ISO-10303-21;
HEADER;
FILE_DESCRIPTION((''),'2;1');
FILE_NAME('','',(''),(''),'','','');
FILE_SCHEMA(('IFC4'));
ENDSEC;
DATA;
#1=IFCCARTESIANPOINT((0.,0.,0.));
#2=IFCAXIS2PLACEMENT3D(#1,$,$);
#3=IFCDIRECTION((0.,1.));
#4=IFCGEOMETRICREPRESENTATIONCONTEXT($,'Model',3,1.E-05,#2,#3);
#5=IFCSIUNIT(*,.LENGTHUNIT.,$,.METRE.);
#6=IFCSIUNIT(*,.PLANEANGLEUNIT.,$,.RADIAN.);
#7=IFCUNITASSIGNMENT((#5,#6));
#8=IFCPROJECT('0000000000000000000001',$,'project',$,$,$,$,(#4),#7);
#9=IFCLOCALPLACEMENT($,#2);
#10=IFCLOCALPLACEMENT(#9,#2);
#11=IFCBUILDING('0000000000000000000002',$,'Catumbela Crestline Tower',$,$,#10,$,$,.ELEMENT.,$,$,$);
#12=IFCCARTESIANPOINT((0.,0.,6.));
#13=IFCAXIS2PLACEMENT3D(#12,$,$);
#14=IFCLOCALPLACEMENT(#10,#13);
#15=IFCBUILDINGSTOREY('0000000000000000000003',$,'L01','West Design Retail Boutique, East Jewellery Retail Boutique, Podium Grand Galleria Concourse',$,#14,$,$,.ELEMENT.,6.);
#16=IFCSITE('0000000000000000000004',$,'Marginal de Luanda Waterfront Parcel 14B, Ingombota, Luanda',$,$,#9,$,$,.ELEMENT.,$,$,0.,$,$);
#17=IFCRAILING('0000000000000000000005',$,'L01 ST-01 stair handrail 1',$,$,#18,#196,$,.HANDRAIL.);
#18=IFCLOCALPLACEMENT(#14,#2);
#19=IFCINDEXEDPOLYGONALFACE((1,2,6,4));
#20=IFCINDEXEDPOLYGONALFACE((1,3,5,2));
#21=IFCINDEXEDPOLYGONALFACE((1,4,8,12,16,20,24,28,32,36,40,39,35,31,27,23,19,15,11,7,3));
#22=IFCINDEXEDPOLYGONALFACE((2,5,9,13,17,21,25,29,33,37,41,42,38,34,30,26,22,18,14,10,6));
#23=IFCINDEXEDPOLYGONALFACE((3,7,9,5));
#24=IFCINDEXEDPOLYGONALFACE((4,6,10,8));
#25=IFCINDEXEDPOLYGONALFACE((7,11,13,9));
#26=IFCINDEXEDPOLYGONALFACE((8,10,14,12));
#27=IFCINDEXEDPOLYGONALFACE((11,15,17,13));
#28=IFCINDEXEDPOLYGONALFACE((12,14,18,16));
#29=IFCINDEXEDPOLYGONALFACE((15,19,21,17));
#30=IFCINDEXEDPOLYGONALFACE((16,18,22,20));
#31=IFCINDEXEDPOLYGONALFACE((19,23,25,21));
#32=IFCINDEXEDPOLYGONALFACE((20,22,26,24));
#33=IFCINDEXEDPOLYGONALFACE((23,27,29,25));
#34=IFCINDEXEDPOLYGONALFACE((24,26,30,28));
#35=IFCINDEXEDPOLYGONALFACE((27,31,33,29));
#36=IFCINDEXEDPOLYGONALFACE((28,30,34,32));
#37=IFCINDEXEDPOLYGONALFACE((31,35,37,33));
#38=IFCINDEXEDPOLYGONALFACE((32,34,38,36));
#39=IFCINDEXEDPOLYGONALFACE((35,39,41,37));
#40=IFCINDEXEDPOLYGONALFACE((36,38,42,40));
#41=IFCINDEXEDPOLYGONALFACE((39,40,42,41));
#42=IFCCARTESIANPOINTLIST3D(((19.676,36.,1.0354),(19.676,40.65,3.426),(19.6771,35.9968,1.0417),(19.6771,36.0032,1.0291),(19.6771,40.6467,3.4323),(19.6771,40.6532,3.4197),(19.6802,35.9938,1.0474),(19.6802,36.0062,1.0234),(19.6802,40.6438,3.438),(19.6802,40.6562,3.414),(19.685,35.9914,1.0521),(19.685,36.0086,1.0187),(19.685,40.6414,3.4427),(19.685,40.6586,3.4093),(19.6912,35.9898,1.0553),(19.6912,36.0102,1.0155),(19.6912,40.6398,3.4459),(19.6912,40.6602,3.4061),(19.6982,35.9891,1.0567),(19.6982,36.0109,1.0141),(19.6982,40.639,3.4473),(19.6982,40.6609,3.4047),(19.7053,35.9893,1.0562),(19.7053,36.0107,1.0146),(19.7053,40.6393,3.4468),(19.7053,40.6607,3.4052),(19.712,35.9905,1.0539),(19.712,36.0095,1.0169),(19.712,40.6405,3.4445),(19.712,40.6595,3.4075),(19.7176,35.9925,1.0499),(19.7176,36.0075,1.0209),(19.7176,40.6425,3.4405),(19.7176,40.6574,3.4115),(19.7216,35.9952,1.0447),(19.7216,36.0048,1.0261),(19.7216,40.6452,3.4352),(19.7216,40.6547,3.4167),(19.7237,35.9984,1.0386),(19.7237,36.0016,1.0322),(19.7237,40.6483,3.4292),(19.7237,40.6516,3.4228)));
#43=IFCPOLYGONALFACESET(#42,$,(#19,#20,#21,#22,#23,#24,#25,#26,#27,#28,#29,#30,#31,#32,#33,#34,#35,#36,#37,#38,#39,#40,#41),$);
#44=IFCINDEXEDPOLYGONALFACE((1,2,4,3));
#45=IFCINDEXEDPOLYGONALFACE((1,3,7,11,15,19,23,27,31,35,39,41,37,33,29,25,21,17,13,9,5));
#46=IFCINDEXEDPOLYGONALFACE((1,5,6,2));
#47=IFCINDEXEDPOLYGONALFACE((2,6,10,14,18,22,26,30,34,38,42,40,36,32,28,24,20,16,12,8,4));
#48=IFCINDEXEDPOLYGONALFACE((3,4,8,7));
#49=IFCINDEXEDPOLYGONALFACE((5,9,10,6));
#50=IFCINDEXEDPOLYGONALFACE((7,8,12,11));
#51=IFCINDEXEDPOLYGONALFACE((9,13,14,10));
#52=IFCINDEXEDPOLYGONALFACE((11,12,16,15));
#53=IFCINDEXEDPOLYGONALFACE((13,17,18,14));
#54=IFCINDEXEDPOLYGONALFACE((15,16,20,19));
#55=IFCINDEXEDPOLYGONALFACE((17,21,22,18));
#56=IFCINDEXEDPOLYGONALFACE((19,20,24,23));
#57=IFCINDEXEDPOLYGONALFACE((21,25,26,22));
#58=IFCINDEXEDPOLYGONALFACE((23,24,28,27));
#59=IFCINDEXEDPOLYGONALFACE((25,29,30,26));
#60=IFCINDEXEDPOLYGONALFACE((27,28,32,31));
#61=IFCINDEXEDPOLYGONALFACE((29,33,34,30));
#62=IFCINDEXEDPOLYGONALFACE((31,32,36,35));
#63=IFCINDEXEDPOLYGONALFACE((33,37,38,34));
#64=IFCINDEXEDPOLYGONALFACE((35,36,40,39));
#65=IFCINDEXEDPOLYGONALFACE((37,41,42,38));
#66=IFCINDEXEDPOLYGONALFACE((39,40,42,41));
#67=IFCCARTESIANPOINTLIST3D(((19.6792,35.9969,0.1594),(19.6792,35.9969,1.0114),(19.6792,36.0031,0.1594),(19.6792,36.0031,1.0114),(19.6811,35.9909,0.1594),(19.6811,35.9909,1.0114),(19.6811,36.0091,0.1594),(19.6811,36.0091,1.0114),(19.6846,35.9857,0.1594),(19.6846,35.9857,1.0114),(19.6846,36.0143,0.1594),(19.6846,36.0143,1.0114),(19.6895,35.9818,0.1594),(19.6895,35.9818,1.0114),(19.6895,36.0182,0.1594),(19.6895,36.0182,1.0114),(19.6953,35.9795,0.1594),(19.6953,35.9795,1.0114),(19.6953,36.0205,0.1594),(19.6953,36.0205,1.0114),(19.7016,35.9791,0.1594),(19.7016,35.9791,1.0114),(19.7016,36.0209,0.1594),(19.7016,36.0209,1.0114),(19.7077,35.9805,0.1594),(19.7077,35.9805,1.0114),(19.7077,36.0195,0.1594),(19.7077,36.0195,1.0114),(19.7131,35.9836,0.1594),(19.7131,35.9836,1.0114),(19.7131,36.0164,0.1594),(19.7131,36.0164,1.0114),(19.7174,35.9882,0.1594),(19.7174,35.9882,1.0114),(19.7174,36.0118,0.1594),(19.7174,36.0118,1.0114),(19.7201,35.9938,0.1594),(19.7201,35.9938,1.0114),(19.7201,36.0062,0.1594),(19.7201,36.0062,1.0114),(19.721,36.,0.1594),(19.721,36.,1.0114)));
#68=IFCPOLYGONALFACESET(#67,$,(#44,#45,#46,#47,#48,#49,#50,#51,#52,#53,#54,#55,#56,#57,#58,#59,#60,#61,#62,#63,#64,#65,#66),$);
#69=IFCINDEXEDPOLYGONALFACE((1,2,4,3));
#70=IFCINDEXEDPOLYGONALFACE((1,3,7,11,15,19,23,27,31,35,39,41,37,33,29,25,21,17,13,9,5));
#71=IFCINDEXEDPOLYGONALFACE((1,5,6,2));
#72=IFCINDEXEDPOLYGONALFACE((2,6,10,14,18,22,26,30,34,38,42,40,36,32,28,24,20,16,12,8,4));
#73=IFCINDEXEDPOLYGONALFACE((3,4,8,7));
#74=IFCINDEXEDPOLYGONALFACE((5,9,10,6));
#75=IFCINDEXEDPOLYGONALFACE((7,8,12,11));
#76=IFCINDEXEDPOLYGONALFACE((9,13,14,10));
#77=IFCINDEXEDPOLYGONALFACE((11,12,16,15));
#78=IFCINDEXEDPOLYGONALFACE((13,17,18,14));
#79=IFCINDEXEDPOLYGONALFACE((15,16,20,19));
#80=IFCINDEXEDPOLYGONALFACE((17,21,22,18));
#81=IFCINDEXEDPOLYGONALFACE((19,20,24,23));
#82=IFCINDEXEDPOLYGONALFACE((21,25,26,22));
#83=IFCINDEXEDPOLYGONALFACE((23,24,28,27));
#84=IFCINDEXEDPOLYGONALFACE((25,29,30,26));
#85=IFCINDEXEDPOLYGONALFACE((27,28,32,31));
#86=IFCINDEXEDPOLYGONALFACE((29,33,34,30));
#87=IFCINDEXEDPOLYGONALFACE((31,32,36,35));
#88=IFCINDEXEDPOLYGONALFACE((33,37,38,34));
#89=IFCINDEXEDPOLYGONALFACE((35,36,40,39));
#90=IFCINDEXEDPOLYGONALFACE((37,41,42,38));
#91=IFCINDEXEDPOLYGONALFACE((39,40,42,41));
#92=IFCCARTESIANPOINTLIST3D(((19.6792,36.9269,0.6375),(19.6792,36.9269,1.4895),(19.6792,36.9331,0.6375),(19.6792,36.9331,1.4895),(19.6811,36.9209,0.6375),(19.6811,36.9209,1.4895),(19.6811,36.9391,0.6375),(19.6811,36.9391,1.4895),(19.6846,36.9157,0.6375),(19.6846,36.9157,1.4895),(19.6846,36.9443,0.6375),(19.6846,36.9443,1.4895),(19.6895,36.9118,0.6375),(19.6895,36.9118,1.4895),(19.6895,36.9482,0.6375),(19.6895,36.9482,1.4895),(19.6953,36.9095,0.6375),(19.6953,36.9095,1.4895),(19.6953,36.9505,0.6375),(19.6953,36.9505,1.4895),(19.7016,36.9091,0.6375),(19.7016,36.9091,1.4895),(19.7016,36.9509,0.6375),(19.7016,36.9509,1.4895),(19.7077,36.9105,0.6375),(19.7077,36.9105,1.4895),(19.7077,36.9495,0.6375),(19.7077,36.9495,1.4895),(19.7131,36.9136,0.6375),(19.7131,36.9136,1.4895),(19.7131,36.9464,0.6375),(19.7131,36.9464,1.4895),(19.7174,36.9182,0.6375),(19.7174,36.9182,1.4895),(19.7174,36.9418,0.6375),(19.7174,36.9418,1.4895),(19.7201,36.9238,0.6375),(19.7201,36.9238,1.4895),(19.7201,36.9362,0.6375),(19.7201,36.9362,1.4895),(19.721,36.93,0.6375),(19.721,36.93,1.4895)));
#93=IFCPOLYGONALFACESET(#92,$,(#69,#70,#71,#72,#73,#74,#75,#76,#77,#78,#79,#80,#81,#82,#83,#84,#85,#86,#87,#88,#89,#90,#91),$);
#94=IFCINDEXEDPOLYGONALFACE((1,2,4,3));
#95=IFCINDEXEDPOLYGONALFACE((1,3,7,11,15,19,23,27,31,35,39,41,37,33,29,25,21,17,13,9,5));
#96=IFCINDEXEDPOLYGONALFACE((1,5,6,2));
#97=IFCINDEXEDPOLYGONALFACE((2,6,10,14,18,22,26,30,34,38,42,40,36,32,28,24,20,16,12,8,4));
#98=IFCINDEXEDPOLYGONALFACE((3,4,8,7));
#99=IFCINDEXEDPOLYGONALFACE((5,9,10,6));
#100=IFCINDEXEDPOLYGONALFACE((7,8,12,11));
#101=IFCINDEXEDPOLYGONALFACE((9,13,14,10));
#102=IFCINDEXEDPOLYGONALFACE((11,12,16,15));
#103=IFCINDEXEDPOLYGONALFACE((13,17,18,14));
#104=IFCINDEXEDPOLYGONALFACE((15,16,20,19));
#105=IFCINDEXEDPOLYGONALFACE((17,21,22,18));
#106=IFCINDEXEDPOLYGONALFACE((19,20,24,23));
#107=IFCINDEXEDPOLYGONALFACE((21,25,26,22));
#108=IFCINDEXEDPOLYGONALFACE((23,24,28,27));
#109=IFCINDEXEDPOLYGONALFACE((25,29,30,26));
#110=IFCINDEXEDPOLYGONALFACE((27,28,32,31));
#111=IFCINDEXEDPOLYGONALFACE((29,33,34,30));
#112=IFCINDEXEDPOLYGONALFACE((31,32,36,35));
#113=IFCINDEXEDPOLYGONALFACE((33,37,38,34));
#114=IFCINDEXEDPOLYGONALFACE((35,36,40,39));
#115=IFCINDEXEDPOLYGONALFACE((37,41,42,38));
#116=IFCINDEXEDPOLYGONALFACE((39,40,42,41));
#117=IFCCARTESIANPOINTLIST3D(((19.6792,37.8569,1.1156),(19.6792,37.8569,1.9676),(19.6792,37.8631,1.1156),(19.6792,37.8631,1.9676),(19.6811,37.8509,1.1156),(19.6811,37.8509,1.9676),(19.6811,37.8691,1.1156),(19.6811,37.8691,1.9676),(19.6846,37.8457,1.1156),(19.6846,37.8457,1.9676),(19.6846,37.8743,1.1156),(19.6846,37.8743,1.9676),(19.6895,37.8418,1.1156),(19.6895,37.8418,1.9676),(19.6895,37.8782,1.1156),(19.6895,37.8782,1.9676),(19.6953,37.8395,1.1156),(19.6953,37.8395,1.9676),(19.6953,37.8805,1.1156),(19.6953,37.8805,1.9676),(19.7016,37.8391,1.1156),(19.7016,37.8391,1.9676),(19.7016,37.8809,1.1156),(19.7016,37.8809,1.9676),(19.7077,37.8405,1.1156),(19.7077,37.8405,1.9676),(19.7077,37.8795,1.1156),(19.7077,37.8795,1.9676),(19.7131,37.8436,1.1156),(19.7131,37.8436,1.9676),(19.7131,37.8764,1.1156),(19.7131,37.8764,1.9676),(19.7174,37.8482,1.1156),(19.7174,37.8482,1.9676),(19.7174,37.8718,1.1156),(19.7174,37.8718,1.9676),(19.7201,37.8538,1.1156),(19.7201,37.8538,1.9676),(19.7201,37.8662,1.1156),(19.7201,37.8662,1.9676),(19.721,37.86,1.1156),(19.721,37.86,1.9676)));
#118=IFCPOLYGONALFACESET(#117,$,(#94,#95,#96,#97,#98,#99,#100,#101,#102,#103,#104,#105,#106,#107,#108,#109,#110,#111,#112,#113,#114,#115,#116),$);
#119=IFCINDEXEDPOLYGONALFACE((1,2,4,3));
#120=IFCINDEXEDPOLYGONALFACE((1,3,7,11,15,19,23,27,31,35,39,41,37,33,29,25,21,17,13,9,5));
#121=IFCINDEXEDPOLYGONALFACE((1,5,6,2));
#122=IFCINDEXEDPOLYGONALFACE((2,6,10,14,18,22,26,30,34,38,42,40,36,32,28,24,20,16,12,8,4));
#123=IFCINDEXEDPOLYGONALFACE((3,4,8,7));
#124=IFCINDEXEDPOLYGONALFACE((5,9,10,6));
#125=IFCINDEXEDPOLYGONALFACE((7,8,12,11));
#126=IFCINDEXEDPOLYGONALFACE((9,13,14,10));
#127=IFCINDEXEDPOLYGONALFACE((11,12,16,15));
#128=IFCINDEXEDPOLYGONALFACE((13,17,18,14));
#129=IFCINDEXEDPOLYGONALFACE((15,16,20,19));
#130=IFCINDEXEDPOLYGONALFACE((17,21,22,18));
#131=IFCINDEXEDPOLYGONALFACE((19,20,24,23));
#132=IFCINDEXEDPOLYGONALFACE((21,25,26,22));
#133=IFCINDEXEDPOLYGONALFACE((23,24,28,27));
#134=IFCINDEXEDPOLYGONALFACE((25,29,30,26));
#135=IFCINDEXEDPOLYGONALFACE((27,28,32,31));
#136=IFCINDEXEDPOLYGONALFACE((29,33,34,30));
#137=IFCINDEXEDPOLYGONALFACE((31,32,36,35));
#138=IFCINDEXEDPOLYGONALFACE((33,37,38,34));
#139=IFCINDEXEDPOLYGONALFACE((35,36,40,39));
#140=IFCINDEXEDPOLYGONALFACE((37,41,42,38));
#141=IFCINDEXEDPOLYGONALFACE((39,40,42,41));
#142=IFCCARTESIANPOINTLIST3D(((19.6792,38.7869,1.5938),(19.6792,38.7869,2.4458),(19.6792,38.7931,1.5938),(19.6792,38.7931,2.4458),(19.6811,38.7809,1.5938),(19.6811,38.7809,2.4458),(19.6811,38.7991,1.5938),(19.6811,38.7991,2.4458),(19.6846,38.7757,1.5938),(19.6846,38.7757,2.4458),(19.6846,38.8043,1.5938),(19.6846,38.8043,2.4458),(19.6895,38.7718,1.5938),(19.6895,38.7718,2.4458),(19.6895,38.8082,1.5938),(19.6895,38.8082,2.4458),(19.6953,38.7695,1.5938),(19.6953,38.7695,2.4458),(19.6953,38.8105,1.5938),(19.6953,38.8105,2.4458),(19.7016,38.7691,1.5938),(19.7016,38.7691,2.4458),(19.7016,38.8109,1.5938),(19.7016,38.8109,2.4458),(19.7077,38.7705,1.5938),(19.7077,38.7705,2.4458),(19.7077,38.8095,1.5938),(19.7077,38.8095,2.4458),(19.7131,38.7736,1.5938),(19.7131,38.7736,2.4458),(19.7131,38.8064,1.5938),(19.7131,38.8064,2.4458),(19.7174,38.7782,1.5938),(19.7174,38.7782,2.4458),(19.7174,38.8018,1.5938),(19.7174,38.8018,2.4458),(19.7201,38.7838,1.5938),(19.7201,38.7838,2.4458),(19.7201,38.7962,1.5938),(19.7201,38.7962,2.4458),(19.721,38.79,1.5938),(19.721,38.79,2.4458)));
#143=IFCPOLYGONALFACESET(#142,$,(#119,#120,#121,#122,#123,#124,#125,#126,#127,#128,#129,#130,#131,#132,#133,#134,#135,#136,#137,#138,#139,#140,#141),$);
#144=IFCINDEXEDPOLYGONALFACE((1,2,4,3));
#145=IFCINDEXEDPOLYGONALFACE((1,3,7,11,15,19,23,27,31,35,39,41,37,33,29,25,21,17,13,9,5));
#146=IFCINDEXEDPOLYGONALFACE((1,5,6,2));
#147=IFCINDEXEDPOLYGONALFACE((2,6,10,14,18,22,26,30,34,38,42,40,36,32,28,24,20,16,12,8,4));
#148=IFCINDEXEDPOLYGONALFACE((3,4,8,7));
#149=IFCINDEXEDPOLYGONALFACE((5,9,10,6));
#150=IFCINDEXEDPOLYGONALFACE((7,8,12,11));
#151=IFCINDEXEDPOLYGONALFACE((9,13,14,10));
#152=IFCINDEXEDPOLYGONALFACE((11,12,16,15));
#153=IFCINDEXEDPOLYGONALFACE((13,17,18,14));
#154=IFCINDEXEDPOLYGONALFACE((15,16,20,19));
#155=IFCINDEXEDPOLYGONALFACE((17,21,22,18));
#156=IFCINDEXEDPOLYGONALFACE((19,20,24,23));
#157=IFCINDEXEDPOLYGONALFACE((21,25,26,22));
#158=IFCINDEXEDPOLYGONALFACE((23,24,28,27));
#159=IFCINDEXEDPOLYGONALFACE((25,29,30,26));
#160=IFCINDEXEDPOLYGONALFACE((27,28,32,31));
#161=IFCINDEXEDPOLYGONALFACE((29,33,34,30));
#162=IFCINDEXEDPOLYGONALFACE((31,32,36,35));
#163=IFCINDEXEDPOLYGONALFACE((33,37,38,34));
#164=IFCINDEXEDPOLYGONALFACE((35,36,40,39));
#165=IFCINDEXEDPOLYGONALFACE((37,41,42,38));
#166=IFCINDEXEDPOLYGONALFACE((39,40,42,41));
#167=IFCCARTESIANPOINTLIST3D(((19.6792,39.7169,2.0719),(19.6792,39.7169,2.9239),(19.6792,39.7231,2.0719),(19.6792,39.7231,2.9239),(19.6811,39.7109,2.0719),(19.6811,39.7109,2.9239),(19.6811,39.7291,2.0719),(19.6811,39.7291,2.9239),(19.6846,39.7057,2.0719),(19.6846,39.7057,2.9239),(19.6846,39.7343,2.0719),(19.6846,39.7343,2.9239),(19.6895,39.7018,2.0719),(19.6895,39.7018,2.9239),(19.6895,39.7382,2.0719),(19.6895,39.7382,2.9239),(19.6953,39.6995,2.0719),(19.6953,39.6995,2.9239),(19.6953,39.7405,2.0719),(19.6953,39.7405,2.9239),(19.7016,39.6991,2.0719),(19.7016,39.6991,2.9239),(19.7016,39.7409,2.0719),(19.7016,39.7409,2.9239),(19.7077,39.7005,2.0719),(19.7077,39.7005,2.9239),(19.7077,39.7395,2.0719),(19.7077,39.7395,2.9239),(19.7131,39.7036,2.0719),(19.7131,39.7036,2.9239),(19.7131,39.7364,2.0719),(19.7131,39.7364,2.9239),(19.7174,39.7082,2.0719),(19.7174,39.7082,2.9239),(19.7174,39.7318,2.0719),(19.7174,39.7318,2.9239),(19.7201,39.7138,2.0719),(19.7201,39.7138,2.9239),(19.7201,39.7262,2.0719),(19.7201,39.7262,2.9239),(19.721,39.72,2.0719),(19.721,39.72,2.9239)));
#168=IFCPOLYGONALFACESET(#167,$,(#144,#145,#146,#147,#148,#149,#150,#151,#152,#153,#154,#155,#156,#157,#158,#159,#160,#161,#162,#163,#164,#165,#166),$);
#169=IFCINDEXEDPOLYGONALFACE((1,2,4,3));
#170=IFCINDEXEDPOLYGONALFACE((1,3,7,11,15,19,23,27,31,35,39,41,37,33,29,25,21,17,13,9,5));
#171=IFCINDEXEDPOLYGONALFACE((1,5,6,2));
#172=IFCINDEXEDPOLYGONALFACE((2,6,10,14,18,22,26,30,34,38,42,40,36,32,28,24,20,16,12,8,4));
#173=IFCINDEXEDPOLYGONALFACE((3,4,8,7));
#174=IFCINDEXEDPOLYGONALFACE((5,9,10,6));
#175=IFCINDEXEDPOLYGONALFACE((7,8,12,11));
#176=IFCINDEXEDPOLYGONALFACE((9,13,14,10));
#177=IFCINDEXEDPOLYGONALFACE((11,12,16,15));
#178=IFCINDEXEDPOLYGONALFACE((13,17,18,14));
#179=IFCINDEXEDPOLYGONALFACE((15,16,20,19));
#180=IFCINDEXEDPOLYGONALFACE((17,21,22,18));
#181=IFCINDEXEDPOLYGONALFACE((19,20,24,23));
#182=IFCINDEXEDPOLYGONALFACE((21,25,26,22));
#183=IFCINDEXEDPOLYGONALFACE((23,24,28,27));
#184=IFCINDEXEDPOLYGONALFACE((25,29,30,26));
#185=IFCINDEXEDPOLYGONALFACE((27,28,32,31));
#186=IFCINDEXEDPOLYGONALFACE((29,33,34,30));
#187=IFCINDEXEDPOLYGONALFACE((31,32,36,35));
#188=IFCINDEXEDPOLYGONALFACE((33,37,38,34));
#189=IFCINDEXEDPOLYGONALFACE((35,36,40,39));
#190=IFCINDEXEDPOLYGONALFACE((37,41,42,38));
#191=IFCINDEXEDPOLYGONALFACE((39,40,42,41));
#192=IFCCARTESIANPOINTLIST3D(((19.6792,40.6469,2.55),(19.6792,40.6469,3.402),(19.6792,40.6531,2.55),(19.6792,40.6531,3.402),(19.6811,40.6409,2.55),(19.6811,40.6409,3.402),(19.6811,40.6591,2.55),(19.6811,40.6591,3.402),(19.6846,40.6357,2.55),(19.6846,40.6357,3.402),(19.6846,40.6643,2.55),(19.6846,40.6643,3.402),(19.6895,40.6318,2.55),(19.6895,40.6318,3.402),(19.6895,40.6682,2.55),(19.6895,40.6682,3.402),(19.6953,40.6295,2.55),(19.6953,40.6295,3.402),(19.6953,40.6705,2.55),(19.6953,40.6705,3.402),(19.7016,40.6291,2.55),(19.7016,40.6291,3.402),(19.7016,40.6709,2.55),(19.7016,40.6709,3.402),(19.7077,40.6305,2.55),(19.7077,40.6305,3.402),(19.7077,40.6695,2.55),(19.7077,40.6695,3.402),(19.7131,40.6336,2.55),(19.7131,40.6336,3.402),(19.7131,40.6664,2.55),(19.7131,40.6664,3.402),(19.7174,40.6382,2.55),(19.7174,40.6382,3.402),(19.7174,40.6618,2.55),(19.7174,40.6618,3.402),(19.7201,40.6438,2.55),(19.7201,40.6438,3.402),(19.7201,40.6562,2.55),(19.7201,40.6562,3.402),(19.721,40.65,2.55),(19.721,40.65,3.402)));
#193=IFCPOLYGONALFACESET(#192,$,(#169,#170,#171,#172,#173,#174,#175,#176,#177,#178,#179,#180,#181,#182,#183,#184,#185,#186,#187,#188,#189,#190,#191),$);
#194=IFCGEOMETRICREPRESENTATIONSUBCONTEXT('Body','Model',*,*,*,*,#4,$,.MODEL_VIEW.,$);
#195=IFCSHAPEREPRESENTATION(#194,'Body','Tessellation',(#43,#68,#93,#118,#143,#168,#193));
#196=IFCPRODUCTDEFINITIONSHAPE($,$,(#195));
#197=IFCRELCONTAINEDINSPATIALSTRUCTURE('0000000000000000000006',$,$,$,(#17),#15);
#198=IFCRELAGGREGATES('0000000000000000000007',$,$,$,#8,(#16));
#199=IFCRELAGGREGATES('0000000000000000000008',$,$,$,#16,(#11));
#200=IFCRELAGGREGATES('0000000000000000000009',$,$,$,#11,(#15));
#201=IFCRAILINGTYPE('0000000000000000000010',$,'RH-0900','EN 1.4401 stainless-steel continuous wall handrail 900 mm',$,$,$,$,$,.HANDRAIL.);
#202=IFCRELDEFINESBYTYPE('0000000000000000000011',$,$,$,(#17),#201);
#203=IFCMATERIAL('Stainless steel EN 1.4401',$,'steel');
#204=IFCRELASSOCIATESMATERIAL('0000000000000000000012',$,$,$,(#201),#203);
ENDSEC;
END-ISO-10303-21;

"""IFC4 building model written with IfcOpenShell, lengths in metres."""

from ifc_helpers import new_model, si_unit, direction, frame, origin, origin_2d, place, context, subcontext, project, spatial, circle, extrude, material, type_object, element, save


model = new_model("IFC4")

# Units and contexts
model_context = context("Model", 3, precision=1e-05, world=origin(), true_north=direction((0.0, 1.0)))
body_context = subcontext(model_context, "Body", "Model", "MODEL_VIEW")
ifc_project = project(units=[si_unit("LENGTHUNIT", "METRE"), si_unit("PLANEANGLEUNIT", "RADIAN")], contexts=[model_context])

# Site, building, storey
site_placement = place(None, origin())
site = spatial("IfcSite", under=ifc_project, at=site_placement, Name="Marginal de Luanda Waterfront Parcel 14B, Ingombota, Luanda", CompositionType="ELEMENT", RefElevation=0.0)
building_placement = place(site_placement, origin())
building = spatial("IfcBuilding", under=site, at=building_placement, Name="Catumbela Crestline Tower", CompositionType="ELEMENT")
storey_placement = place(building_placement, frame((0.0, 0.0, 6.0)))
storey = spatial("IfcBuildingStorey", under=building, at=storey_placement, Name="L01", Description="West Design Retail Boutique, East Jewellery Retail Boutique, Podium Grand Galleria Concourse", CompositionType="ELEMENT", Elevation=6.0)

# Shared definitions
ifc_material_1 = material(Name="Stainless steel EN 1.4401", Category="steel")

# Railing
railing_type_1 = type_object("IfcRailingType", Name="RH-0900", Description="EN 1.4401 stainless-steel continuous wall handrail 900 mm", PredefinedType="HANDRAIL", material=ifc_material_1)
railing_1_placement = place(storey_placement, frame((19.7, 36.0, 0.1594)))
element("IfcRailing", 1, at=railing_1_placement, inside=storey, type_object=railing_type_1, Name="L01 ST-01 stair handrail 1", PredefinedType="HANDRAIL", context=body_context, shape_type="SweptSolid", body=[
    extrude(circle(Radius=0.024, at=origin_2d()), frame((0.0, 0.0, 0.876), z_axis=(0.0, 0.889352, 0.457223), x_axis=(-1.0, 0.0, 0.0)), (0.0, 0.0, 1.0), 5.2285),
    extrude(circle(Radius=0.021, at=origin_2d()), origin(), (0.0, 0.0, 1.0), 0.852),
    extrude(circle(Radius=0.021, at=origin_2d()), frame((0.0, 0.93, 0.4781)), (0.0, 0.0, 1.0), 0.852),
    extrude(circle(Radius=0.021, at=origin_2d()), frame((0.0, 1.86, 0.9562)), (0.0, 0.0, 1.0), 0.852),
    extrude(circle(Radius=0.021, at=origin_2d()), frame((0.0, 2.79, 1.4344)), (0.0, 0.0, 1.0), 0.852),
    extrude(circle(Radius=0.021, at=origin_2d()), frame((0.0, 3.72, 1.9125)), (0.0, 0.0, 1.0), 0.852),
    extrude(circle(Radius=0.021, at=origin_2d()), frame((0.0, 4.65, 2.3906)), (0.0, 0.0, 1.0), 0.852),
])

save(model, "model.ifc")
